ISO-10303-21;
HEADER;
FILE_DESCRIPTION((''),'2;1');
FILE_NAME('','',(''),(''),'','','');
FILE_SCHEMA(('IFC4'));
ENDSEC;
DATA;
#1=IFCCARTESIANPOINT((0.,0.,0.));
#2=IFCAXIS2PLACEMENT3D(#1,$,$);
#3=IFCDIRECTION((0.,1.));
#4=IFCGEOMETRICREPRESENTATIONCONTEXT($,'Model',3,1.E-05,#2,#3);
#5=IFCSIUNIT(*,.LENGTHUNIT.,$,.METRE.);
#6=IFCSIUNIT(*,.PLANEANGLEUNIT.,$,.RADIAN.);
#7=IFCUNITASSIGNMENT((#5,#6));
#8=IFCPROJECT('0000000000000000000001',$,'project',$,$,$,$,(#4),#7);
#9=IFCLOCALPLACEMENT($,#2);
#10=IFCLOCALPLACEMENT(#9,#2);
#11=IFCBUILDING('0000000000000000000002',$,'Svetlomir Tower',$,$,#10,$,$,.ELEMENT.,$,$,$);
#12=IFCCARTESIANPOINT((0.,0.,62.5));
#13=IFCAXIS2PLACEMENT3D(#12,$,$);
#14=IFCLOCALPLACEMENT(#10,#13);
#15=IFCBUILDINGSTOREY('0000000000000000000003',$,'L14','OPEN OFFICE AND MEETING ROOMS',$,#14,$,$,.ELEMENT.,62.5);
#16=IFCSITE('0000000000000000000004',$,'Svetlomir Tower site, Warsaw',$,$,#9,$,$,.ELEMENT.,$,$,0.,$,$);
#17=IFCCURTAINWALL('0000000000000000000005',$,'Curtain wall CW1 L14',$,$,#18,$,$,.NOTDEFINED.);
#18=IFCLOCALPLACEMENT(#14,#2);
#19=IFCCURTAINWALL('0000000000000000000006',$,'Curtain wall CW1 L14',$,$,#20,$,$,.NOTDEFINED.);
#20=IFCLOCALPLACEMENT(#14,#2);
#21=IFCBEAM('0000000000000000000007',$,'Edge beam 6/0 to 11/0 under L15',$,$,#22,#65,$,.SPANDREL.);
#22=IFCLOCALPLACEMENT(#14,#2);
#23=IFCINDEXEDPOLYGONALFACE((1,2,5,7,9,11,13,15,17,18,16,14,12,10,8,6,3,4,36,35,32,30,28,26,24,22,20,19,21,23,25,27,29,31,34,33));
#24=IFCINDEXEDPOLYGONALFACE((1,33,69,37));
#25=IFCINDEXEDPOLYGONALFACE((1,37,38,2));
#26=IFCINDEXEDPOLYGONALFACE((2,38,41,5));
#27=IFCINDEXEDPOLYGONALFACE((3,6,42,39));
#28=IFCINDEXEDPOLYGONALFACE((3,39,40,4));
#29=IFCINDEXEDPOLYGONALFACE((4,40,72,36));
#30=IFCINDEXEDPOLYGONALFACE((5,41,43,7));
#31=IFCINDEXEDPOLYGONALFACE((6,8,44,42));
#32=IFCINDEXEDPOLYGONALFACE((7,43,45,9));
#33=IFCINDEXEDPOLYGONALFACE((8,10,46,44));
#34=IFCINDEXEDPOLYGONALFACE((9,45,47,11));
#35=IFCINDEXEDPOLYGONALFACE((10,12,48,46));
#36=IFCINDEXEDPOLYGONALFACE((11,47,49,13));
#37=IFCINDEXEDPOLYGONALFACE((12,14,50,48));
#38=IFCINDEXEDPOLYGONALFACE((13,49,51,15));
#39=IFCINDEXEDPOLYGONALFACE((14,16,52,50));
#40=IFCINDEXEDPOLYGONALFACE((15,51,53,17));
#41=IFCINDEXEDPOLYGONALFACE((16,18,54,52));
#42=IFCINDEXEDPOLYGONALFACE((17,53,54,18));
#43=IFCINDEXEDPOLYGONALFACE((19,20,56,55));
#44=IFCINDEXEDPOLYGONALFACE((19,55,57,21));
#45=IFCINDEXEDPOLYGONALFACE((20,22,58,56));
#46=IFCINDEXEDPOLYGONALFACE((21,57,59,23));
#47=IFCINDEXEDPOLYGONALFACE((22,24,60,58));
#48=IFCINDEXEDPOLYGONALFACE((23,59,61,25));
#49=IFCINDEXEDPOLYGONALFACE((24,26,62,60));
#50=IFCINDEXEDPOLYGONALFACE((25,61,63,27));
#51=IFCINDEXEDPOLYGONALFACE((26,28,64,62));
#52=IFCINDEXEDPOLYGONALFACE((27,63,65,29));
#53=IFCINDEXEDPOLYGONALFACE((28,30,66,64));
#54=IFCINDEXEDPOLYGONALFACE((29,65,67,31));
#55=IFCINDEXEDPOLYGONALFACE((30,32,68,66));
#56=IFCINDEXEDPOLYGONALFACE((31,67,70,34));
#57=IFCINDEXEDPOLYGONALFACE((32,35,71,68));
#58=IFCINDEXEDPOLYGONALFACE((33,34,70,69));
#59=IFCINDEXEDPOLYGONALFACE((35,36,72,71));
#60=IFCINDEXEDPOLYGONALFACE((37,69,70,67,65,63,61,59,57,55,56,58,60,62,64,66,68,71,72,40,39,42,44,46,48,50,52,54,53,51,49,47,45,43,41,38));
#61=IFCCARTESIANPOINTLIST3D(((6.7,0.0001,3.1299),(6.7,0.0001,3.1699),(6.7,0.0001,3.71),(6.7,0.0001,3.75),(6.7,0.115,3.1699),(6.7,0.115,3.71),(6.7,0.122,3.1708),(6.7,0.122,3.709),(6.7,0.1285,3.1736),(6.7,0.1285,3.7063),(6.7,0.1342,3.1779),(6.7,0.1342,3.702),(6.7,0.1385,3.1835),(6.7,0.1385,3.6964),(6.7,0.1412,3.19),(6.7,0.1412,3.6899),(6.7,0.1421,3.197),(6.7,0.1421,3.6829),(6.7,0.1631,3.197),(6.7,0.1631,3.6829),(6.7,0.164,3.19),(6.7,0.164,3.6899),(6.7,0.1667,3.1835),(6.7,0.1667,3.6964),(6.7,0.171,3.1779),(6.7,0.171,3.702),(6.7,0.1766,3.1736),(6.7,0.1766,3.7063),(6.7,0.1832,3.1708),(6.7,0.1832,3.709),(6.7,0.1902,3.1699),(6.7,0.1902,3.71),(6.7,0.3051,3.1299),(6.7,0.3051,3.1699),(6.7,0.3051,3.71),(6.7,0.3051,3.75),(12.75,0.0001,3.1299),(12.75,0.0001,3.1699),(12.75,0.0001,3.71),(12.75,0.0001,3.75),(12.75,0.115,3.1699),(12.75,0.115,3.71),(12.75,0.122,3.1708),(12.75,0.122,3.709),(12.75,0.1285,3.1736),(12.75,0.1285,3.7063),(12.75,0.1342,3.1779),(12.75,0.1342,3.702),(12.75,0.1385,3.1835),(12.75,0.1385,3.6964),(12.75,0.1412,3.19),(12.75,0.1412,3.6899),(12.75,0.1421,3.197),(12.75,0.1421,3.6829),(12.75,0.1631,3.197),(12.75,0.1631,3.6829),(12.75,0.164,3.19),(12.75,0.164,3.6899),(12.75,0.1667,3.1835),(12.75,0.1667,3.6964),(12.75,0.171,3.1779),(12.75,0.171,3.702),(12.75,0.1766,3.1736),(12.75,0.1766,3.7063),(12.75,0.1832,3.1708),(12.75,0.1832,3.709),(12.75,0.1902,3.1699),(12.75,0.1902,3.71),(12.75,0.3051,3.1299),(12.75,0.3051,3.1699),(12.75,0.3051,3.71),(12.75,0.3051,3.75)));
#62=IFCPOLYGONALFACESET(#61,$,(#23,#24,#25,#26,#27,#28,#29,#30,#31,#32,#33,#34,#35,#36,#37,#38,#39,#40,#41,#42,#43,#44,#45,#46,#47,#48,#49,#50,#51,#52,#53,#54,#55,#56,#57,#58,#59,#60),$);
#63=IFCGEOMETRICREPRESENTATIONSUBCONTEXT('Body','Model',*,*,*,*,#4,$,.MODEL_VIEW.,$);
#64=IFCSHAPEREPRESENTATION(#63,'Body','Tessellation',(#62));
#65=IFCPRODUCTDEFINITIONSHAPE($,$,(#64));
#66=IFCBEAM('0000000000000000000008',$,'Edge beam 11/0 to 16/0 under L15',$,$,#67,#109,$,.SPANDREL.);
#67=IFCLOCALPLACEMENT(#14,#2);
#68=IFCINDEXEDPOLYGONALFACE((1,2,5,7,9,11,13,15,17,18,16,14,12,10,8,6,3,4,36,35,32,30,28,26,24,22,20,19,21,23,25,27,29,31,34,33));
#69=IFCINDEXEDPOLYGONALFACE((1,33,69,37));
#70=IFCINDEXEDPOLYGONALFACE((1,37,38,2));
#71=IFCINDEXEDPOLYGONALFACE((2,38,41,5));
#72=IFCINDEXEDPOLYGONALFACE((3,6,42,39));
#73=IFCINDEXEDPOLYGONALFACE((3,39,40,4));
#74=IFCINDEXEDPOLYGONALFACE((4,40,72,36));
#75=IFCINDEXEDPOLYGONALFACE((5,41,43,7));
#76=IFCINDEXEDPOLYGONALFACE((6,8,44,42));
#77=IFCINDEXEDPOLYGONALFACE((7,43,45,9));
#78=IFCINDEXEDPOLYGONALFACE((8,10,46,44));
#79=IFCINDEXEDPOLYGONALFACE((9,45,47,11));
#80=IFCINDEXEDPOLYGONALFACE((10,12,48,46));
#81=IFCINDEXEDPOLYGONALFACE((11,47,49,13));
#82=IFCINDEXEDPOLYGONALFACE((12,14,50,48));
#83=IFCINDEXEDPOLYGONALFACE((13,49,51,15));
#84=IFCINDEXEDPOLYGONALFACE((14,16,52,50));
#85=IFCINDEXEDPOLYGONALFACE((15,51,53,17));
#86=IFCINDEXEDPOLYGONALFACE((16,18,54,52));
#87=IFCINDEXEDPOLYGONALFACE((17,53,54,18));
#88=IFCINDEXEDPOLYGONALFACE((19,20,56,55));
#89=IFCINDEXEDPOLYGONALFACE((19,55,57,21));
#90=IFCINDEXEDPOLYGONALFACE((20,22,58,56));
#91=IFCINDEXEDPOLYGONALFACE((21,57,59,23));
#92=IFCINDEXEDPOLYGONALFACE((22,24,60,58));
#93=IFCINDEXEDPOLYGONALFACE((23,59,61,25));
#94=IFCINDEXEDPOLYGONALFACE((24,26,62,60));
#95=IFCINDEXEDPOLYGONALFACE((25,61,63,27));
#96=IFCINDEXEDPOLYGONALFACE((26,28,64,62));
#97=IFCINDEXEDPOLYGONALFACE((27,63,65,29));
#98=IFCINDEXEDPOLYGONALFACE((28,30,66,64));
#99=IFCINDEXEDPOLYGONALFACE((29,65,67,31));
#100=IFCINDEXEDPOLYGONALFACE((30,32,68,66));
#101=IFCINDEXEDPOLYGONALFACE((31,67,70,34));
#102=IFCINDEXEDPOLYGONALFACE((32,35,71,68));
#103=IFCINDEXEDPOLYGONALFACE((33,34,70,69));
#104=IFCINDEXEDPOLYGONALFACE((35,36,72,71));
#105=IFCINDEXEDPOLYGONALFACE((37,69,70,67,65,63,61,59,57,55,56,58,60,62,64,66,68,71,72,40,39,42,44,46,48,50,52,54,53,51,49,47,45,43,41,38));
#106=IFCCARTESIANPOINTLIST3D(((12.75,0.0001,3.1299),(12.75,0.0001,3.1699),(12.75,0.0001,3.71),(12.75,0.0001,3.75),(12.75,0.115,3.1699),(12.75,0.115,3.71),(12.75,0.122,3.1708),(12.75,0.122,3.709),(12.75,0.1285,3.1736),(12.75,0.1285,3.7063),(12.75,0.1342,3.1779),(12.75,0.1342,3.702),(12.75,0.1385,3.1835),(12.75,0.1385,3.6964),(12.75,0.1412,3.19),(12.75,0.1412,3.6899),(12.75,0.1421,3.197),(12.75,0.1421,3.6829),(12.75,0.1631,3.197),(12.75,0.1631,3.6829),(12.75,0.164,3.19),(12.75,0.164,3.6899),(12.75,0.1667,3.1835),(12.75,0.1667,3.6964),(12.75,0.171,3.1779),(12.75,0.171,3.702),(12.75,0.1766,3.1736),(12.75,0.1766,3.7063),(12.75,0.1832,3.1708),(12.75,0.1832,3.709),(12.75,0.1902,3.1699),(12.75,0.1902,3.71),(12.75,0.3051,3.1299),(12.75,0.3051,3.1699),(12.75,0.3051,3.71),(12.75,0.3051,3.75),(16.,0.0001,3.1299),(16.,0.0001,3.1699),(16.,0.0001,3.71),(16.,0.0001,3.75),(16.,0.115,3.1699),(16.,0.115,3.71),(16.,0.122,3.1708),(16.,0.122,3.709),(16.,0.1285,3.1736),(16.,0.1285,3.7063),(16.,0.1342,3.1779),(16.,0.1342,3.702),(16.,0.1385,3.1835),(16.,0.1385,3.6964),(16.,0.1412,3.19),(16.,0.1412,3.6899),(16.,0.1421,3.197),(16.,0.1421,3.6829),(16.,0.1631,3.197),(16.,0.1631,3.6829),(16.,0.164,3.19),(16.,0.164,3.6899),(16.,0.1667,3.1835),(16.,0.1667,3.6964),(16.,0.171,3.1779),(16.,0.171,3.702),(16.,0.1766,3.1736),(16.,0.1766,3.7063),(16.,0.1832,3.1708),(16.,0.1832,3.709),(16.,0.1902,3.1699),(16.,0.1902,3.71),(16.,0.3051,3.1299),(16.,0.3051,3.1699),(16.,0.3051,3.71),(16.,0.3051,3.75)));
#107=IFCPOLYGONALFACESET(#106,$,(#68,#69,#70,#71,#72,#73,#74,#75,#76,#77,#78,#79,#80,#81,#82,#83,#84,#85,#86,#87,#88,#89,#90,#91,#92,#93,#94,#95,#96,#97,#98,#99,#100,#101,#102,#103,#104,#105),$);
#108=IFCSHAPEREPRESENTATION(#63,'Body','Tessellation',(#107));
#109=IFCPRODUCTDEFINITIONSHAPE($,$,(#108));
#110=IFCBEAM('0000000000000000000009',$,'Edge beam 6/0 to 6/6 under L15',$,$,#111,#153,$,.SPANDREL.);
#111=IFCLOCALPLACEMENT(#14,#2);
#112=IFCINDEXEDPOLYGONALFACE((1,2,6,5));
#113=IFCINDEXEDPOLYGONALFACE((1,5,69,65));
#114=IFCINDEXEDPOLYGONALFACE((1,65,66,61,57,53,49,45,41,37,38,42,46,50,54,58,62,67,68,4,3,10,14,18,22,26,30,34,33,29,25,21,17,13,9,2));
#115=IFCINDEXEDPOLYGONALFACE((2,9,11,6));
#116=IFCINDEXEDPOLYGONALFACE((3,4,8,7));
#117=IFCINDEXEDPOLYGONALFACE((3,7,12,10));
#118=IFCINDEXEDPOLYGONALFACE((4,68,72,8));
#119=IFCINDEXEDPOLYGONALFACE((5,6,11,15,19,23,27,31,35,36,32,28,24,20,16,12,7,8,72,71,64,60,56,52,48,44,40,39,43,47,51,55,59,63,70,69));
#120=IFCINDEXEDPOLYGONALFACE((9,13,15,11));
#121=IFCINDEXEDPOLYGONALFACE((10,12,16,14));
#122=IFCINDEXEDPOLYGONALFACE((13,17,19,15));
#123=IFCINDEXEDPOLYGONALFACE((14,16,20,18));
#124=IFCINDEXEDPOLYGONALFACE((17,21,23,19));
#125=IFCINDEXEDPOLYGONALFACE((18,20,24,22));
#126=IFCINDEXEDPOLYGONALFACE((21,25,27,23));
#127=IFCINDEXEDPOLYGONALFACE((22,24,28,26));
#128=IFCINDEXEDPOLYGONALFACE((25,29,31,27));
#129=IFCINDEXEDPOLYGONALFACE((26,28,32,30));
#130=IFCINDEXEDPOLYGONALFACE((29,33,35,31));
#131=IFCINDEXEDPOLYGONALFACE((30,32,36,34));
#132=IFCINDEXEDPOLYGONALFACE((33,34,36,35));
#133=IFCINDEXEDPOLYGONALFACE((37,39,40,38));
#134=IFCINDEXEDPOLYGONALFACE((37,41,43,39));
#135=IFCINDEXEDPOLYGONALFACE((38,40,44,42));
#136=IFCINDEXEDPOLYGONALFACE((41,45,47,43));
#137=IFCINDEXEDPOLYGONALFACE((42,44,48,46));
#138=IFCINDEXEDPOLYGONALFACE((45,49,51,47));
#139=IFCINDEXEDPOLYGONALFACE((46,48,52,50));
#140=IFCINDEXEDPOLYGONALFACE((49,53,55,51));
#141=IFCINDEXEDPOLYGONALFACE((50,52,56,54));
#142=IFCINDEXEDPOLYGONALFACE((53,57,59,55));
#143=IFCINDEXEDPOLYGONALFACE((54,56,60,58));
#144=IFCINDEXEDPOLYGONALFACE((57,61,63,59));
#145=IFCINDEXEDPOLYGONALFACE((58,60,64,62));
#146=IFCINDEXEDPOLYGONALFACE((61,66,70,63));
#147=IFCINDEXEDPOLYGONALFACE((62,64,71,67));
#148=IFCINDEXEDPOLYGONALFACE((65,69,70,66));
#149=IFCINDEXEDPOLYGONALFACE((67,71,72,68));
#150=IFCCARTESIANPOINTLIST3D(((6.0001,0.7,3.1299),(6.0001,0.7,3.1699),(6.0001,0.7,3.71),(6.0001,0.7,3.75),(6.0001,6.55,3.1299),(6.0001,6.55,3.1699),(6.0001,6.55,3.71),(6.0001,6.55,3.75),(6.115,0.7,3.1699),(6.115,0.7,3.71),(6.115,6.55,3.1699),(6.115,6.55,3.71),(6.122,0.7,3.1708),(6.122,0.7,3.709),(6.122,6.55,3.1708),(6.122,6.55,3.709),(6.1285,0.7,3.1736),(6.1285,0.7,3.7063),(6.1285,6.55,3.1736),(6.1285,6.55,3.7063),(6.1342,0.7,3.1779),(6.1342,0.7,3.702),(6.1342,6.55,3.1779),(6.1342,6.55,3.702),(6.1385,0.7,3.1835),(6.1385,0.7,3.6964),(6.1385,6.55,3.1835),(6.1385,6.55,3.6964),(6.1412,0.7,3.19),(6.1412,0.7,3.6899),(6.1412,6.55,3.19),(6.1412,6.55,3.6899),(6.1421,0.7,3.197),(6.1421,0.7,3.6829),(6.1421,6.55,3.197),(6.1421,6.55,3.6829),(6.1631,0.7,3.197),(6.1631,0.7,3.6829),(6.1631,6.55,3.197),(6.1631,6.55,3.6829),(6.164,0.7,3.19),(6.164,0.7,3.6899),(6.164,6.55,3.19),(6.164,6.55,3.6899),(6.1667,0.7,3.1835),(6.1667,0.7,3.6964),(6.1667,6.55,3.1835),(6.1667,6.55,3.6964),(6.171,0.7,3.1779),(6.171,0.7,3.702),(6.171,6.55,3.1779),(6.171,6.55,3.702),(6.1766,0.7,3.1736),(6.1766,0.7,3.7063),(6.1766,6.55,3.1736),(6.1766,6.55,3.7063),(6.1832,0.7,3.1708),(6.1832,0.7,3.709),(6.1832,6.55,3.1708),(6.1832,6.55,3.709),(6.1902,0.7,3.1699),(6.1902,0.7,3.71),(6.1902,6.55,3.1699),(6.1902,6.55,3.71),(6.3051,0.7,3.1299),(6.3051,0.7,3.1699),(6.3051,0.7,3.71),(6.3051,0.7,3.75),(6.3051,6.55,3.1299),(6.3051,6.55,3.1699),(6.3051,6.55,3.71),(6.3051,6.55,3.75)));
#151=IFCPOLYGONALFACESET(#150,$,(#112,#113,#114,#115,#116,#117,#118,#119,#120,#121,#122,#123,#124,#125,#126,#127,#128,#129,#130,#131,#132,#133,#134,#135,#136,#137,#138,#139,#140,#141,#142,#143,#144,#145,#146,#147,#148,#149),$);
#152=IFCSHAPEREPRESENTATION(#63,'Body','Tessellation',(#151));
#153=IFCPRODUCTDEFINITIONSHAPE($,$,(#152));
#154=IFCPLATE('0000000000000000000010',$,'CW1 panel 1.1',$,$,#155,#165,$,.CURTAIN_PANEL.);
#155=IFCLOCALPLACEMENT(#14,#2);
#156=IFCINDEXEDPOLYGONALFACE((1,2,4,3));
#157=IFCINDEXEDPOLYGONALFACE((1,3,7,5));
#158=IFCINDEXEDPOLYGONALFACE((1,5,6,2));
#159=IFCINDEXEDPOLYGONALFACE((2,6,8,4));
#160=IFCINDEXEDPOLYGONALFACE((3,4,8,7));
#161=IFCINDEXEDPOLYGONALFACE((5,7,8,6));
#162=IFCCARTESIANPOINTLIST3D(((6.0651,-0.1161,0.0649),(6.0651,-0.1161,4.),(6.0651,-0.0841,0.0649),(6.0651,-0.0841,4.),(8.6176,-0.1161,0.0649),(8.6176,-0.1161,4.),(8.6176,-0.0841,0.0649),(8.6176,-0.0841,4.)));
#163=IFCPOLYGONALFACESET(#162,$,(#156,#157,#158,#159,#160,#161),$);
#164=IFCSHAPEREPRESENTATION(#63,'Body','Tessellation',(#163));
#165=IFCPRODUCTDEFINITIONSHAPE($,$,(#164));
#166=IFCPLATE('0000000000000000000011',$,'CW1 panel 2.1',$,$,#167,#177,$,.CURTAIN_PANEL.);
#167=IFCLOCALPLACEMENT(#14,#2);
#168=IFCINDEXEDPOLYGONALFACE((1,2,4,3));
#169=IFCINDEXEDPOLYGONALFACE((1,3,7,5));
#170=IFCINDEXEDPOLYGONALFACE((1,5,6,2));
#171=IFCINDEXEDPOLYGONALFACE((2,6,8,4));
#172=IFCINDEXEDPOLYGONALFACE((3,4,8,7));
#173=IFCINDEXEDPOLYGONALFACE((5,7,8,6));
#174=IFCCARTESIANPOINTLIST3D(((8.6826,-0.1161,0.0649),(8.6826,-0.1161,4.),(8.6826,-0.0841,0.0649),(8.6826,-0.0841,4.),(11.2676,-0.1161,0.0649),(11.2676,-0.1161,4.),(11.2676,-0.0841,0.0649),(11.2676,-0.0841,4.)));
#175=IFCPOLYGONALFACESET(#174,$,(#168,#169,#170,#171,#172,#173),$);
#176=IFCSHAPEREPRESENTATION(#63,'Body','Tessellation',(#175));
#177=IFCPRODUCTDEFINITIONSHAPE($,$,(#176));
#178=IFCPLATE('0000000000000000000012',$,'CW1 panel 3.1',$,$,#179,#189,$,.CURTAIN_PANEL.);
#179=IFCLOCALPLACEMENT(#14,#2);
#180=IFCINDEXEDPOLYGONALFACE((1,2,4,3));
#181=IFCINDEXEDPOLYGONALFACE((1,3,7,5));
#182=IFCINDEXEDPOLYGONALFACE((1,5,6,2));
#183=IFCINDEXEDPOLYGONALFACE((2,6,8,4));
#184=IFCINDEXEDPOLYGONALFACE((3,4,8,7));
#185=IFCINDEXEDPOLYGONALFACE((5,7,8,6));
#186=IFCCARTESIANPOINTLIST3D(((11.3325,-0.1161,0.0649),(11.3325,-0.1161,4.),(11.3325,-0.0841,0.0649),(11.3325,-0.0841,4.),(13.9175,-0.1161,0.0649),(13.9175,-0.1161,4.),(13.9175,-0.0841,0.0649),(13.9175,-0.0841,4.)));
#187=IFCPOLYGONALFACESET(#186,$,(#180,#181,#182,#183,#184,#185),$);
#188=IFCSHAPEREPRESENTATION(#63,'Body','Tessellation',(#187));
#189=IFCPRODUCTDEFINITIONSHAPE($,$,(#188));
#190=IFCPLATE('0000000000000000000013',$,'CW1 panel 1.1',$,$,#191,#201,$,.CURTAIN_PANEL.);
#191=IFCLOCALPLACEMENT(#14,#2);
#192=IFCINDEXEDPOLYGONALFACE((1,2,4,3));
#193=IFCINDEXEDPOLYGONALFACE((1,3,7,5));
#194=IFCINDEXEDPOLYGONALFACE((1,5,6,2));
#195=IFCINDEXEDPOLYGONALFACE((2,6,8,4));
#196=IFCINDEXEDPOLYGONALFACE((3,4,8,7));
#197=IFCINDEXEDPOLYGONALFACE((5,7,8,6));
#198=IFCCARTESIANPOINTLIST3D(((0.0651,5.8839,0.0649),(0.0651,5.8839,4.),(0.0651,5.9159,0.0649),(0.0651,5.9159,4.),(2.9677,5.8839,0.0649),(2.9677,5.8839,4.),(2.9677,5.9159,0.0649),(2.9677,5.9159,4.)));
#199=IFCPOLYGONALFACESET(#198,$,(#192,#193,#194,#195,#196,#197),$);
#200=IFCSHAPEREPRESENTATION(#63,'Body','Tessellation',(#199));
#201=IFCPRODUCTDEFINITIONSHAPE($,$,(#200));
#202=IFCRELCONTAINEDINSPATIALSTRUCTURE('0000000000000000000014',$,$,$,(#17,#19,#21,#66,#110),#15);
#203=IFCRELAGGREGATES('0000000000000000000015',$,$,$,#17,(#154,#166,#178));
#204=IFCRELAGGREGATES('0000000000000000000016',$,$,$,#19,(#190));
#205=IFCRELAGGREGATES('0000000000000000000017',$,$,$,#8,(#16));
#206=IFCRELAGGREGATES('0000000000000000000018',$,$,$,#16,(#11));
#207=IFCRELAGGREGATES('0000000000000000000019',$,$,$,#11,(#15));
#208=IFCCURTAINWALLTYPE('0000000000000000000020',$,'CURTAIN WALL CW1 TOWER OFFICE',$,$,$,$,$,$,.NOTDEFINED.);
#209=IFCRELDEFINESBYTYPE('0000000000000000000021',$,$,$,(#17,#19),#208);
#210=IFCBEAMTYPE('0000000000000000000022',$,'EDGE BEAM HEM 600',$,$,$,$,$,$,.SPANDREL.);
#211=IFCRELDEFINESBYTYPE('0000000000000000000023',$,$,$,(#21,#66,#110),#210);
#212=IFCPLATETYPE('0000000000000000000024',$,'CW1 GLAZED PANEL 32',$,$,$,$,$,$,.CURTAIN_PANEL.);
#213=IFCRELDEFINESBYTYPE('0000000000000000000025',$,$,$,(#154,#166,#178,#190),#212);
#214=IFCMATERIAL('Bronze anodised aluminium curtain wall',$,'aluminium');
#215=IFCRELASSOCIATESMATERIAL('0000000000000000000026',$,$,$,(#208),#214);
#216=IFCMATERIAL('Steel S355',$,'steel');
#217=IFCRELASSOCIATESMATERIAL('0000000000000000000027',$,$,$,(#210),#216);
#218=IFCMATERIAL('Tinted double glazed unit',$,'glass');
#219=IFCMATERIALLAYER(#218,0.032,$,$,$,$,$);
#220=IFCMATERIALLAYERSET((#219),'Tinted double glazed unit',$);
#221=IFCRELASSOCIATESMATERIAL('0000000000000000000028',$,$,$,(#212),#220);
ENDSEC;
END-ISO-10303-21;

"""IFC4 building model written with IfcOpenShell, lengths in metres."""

from ifc_helpers import new_model, si_unit, direction, frame, origin, origin_2d, place, context, subcontext, project, spatial, rectangle, i_section, extrude, material, layer, layer_set, material_profile, profile_set, type_object, element, aggregate, save


model = new_model("IFC4")

# Units and contexts
model_context = context("Model", 3, precision=1e-05, world=origin(), true_north=direction((0.0, 1.0)))
body_context = subcontext(model_context, "Body", "Model", "MODEL_VIEW")
ifc_project = project(units=[si_unit("LENGTHUNIT", "METRE"), si_unit("PLANEANGLEUNIT", "RADIAN")], contexts=[model_context])

# Site, building, storey
site_placement = place(None, origin())
site = spatial("IfcSite", under=ifc_project, at=site_placement, Name="Svetlomir Tower site, Warsaw", CompositionType="ELEMENT", RefElevation=0.0)
building_placement = place(site_placement, origin())
building = spatial("IfcBuilding", under=site, at=building_placement, Name="Svetlomir Tower", CompositionType="ELEMENT")
storey_placement = place(building_placement, frame((0.0, 0.0, 62.5)))
storey = spatial("IfcBuildingStorey", under=building, at=storey_placement, Name="L14", Description="OPEN OFFICE AND MEETING ROOMS", CompositionType="ELEMENT", Elevation=62.5)

# Curtain wall
ifc_material_1 = material(Name="Bronze anodised aluminium curtain wall", Category="aluminium")
curtain_wall_type = type_object("IfcCurtainWallType", Name="CURTAIN WALL CW1 TOWER OFFICE", PredefinedType="NOTDEFINED", material=ifc_material_1)
curtain_wall_1_placement = place(storey_placement, origin())
curtain_wall_1 = element("IfcCurtainWall", 1, at=curtain_wall_1_placement, inside=storey, type_object=curtain_wall_type, Name="Curtain wall CW1 L14", PredefinedType="NOTDEFINED")

# Curtain wall
curtain_wall_2_placement = place(storey_placement, origin())
curtain_wall_2 = element("IfcCurtainWall", 2, at=curtain_wall_2_placement, inside=storey, type_object=curtain_wall_type, Name="Curtain wall CW1 L14", PredefinedType="NOTDEFINED")

# Beams
ifc_material_2 = material(Name="Steel S355", Category="steel")
ifc_material_profile_1 = material_profile(ifc_material_2, i_section(OverallWidth=0.3049, OverallDepth=0.6201, WebThickness=0.021, FlangeThickness=0.04, FilletRadius=0.0271, at=origin_2d()), Name="HEM 600")
ifc_profile_set_1 = profile_set([ifc_material_profile_1], Name="Steel S355")
beam_type = type_object("IfcBeamType", Name="EDGE BEAM HEM 600", PredefinedType="SPANDREL", material=ifc_profile_set_1)
beam_1_placement = place(storey_placement, frame((6.7, 0.1526, 3.4399), z_axis=(1.0, 0.0, 0.0), x_axis=(0.0, 1.0, 0.0)))
element("IfcBeam", 3, at=beam_1_placement, inside=storey, type_object=beam_type, Name="Edge beam 6/0 to 11/0 under L15", PredefinedType="SPANDREL", context=body_context, shape_type="SweptSolid", body=[
    extrude(i_section(OverallWidth=0.3049, OverallDepth=0.6201, WebThickness=0.021, FlangeThickness=0.04, FilletRadius=0.0271, at=origin_2d()), origin(), (0.0, 0.0, 1.0), 6.05),
])
beam_2_placement = place(storey_placement, frame((12.75, 0.1526, 3.4399), z_axis=(1.0, 0.0, 0.0), x_axis=(0.0, 1.0, 0.0)))
element("IfcBeam", 4, at=beam_2_placement, inside=storey, type_object=beam_type, Name="Edge beam 11/0 to 16/0 under L15", PredefinedType="SPANDREL", context=body_context, shape_type="SweptSolid", body=[
    extrude(i_section(OverallWidth=0.3049, OverallDepth=0.6201, WebThickness=0.021, FlangeThickness=0.04, FilletRadius=0.0271, at=origin_2d()), origin(), (0.0, 0.0, 1.0), 3.25),
])
beam_3_placement = place(storey_placement, frame((6.1526, 0.7, 3.4399), z_axis=(0.0, 1.0, 0.0), x_axis=(-1.0, 0.0, 0.0)))
element("IfcBeam", 5, at=beam_3_placement, inside=storey, type_object=beam_type, Name="Edge beam 6/0 to 6/6 under L15", PredefinedType="SPANDREL", context=body_context, shape_type="SweptSolid", body=[
    extrude(i_section(OverallWidth=0.3049, OverallDepth=0.6201, WebThickness=0.021, FlangeThickness=0.04, FilletRadius=0.0271, at=origin_2d()), origin(), (0.0, 0.0, 1.0), 5.8501),
])

# Plates
ifc_material_3 = material(Name="Tinted double glazed unit", Category="glass")
ifc_layer_1 = layer(ifc_material_3, 0.032)
ifc_layer_set_1 = layer_set([ifc_layer_1], Name="Tinted double glazed unit")
plate_type = type_object("IfcPlateType", Name="CW1 GLAZED PANEL 32", PredefinedType="CURTAIN_PANEL", material=ifc_layer_set_1)
plate_1_placement = place(storey_placement, frame((7.3413, -0.1001, 0.0649), z_axis=(0.0, 0.0, 1.0), x_axis=(1.0, 0.0, 0.0)))
plate_1 = element("IfcPlate", 6, at=plate_1_placement, type_object=plate_type, Name="CW1 panel 1.1", PredefinedType="CURTAIN_PANEL", context=body_context, shape_type="SweptSolid", body=[
    extrude(rectangle(XDim=2.5525, YDim=0.032, at=origin_2d()), origin(), (0.0, 0.0, 1.0), 3.9351),
])
plate_2_placement = place(storey_placement, frame((9.9751, -0.1001, 0.0649), z_axis=(0.0, 0.0, 1.0), x_axis=(1.0, 0.0, 0.0)))
plate_2 = element("IfcPlate", 7, at=plate_2_placement, type_object=plate_type, Name="CW1 panel 2.1", PredefinedType="CURTAIN_PANEL", context=body_context, shape_type="SweptSolid", body=[
    extrude(rectangle(XDim=2.585, YDim=0.032, at=origin_2d()), origin(), (0.0, 0.0, 1.0), 3.9351),
])
plate_3_placement = place(storey_placement, frame((12.625, -0.1001, 0.0649), z_axis=(0.0, 0.0, 1.0), x_axis=(1.0, 0.0, 0.0)))
plate_3 = element("IfcPlate", 8, at=plate_3_placement, type_object=plate_type, Name="CW1 panel 3.1", PredefinedType="CURTAIN_PANEL", context=body_context, shape_type="SweptSolid", body=[
    extrude(rectangle(XDim=2.585, YDim=0.032, at=origin_2d()), origin(), (0.0, 0.0, 1.0), 3.9351),
])
aggregate(curtain_wall_1, [plate_1, plate_2, plate_3])
plate_4_placement = place(storey_placement, frame((1.5164, 5.8999, 0.0649), z_axis=(0.0, 0.0, 1.0), x_axis=(1.0, 0.0, 0.0)))
plate_4 = element("IfcPlate", 9, at=plate_4_placement, type_object=plate_type, Name="CW1 panel 1.1", PredefinedType="CURTAIN_PANEL", context=body_context, shape_type="SweptSolid", body=[
    extrude(rectangle(XDim=2.9026, YDim=0.032, at=origin_2d()), origin(), (0.0, 0.0, 1.0), 3.9351),
])
aggregate(curtain_wall_2, [plate_4])

save(model, "model.ifc")
